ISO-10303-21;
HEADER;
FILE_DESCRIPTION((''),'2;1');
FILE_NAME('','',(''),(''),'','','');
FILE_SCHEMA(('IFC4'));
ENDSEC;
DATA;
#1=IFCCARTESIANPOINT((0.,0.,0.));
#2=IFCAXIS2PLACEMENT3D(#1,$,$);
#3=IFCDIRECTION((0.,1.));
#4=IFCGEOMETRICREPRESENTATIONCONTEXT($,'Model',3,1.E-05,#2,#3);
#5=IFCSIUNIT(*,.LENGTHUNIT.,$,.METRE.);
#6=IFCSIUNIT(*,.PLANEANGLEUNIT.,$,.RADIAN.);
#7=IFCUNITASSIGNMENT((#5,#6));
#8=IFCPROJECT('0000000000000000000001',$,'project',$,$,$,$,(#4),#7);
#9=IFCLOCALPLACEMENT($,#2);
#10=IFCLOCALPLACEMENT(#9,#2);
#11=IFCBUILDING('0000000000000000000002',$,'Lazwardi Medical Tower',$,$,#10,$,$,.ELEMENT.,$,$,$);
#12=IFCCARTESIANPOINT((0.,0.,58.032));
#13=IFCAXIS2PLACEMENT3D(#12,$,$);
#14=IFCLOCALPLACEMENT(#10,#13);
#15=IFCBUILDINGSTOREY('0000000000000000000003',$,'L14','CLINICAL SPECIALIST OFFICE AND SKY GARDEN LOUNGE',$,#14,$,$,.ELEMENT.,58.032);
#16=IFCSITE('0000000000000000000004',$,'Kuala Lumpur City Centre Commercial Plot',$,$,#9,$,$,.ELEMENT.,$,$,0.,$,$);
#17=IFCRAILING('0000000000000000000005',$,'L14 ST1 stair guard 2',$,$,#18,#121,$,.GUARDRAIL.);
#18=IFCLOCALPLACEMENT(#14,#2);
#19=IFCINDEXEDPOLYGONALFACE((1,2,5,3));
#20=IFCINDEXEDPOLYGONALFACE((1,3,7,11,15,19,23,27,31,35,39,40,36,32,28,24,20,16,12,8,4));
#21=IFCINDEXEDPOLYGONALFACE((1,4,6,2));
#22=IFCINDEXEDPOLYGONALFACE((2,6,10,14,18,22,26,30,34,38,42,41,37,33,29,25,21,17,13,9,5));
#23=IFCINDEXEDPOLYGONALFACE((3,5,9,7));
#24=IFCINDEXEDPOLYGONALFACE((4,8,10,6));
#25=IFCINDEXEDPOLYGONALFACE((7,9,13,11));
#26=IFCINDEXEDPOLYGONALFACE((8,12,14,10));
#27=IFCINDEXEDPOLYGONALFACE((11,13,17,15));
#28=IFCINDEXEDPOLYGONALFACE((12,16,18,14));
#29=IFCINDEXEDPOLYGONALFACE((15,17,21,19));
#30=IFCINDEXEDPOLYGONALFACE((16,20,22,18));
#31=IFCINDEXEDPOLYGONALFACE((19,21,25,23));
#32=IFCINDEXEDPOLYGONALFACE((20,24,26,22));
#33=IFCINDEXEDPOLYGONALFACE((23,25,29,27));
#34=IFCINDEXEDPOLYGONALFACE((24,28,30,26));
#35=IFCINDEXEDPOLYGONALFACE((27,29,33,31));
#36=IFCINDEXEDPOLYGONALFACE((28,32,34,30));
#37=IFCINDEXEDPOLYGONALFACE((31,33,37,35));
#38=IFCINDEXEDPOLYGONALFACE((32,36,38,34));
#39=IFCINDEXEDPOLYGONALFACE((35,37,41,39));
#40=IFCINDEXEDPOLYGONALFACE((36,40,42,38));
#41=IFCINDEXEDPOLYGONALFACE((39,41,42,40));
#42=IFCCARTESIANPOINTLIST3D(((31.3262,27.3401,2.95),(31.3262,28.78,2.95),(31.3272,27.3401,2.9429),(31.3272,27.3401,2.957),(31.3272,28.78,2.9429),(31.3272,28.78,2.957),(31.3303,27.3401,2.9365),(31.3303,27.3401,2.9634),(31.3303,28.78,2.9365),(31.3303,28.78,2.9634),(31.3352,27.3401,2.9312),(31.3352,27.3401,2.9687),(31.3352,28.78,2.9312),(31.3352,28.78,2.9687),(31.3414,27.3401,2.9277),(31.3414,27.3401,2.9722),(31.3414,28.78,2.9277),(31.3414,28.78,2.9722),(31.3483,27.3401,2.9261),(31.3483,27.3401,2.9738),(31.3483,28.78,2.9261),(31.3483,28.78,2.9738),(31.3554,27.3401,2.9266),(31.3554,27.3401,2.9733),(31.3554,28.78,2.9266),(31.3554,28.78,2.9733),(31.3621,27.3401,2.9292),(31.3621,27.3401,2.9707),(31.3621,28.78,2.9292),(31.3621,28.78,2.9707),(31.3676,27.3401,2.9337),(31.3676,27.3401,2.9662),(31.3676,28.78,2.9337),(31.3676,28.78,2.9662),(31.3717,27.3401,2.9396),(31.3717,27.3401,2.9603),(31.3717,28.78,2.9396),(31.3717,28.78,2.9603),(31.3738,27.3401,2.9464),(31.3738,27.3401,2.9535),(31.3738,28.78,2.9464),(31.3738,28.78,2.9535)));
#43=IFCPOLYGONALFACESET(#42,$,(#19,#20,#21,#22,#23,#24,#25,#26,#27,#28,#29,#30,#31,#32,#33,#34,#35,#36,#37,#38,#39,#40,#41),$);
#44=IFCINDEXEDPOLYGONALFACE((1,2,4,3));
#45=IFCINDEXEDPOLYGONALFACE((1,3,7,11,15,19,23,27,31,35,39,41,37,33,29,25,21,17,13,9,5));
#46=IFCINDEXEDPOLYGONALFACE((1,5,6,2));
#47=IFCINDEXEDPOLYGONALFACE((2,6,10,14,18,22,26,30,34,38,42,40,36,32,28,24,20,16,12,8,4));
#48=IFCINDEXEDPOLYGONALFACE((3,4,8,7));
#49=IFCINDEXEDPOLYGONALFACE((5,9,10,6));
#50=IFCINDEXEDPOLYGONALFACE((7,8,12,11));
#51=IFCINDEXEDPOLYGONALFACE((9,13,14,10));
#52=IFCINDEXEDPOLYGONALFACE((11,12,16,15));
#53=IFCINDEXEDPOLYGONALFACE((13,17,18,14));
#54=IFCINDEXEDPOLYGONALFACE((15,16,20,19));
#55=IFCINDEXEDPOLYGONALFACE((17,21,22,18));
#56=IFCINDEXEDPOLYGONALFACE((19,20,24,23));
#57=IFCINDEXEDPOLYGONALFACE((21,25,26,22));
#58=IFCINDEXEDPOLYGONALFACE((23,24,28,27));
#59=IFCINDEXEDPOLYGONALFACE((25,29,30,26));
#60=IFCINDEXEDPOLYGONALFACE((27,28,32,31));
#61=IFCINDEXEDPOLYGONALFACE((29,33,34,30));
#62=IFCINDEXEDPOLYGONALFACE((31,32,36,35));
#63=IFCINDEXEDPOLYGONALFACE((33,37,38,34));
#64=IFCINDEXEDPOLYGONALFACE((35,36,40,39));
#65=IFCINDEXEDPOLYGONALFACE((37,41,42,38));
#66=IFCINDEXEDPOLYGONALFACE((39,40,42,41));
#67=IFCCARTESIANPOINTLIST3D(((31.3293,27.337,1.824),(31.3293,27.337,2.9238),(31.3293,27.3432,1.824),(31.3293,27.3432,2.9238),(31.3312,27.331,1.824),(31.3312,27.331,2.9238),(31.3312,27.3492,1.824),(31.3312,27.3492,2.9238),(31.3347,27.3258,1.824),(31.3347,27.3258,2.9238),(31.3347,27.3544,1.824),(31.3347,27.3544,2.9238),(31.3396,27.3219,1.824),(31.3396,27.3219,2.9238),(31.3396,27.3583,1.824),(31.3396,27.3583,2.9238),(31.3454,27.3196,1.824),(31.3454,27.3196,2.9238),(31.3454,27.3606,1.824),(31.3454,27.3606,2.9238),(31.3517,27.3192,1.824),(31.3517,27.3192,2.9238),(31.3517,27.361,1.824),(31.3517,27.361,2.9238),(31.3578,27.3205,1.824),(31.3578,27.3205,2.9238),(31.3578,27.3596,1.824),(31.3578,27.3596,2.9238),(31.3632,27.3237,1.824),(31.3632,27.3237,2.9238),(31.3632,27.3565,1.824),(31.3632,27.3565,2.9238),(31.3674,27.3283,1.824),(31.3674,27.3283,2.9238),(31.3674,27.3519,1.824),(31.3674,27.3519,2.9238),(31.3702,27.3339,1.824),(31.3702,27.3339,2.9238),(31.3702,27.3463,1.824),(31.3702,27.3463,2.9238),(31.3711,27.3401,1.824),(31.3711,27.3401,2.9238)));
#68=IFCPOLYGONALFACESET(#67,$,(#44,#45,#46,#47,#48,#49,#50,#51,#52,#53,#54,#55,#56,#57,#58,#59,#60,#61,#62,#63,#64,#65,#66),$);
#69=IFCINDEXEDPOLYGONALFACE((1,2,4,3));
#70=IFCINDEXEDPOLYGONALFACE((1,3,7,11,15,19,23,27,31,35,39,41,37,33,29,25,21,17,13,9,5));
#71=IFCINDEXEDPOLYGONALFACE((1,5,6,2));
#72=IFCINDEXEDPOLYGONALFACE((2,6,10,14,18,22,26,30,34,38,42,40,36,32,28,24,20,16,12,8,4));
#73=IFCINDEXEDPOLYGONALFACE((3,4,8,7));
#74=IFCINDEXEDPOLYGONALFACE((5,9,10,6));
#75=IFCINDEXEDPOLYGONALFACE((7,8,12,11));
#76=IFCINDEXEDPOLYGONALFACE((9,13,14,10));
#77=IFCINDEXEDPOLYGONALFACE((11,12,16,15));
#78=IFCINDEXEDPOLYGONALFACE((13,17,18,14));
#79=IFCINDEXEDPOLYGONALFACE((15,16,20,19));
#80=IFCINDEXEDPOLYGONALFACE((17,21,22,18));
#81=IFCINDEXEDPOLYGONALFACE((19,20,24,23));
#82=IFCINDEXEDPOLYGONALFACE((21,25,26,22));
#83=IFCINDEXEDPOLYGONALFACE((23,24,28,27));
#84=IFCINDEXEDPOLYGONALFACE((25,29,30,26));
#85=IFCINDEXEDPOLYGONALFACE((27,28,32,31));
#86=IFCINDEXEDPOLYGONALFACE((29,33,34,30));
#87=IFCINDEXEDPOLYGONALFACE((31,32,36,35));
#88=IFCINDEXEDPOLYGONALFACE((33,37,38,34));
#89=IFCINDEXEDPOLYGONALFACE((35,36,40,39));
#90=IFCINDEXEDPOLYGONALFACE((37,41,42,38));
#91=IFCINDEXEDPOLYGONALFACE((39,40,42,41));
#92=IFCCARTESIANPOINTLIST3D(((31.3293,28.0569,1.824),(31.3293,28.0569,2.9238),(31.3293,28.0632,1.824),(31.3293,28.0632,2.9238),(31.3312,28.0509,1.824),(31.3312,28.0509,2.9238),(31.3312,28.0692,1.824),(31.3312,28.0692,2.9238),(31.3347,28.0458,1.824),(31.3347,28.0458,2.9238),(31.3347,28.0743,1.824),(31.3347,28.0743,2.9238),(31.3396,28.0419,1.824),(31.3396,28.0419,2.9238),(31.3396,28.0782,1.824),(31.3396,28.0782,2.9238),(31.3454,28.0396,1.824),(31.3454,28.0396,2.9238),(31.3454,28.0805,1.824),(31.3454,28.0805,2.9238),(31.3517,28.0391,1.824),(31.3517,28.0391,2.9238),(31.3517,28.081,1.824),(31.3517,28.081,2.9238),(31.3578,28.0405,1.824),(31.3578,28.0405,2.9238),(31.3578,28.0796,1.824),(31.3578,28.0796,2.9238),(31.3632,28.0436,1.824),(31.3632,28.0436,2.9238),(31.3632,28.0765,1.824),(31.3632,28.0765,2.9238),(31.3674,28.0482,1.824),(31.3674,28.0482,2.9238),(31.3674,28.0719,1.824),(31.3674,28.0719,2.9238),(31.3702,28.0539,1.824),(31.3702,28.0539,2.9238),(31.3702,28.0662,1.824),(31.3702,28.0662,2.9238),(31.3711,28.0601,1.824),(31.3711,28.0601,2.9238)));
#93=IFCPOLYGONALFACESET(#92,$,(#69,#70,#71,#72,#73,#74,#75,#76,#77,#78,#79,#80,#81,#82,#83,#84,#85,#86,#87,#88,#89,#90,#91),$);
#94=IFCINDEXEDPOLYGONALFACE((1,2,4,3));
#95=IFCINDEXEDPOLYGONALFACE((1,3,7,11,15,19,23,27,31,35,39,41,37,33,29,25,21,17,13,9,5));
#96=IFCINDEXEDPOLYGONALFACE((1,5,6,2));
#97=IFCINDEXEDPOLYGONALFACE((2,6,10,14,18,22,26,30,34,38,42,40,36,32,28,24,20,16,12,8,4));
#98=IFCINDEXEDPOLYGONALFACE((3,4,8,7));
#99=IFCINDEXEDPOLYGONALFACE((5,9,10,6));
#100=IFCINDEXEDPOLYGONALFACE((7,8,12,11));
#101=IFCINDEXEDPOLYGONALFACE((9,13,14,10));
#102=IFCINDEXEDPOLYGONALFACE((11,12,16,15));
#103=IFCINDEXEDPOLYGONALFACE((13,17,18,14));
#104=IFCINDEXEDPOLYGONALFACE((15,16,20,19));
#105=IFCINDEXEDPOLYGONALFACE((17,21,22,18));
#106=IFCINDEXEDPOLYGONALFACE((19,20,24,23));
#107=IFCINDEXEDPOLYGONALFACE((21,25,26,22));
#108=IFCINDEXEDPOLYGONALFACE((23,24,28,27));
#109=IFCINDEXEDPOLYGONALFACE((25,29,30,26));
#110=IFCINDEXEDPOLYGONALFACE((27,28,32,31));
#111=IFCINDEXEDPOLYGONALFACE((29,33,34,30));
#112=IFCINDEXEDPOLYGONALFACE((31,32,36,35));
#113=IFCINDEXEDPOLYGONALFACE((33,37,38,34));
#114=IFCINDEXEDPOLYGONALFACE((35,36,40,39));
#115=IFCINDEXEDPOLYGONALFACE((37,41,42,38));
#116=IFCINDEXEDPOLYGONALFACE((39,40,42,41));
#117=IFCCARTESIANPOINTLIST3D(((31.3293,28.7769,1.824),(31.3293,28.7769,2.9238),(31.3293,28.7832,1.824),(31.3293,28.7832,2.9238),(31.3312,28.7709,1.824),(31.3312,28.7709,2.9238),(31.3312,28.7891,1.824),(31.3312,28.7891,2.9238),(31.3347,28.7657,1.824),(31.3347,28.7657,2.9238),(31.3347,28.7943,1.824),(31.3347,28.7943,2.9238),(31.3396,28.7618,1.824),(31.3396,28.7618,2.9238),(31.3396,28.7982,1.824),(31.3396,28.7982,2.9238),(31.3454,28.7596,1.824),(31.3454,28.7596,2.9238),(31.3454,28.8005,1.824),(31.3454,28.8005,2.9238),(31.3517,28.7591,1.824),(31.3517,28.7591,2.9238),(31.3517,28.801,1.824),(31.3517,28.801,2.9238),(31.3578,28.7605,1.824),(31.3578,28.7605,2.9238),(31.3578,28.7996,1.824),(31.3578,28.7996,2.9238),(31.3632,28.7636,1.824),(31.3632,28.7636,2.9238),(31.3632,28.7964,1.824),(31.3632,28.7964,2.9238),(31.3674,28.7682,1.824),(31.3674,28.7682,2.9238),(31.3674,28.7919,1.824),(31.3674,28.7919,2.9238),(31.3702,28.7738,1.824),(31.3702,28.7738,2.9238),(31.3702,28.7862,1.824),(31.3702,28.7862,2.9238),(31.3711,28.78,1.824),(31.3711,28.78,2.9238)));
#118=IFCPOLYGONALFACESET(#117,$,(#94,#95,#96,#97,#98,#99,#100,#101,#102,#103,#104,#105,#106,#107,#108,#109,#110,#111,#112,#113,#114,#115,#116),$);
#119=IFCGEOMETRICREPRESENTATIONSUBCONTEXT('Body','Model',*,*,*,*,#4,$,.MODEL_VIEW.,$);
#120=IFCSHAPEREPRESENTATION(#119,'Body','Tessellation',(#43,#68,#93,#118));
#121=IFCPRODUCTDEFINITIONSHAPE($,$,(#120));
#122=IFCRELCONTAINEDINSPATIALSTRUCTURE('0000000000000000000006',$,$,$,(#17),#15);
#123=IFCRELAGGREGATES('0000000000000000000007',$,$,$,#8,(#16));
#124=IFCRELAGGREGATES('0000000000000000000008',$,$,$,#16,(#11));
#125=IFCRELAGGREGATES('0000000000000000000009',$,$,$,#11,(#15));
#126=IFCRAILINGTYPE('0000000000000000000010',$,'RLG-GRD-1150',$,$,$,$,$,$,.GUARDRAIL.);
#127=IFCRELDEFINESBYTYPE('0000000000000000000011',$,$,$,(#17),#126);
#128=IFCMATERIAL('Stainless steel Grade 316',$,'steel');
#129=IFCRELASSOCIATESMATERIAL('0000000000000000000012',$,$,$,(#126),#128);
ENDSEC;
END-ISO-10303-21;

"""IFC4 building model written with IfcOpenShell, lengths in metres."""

from ifc_helpers import new_model, si_unit, direction, frame, origin, origin_2d, place, context, subcontext, project, spatial, circle, extrude, material, type_object, element, save


model = new_model("IFC4")

# Units and contexts
model_context = context("Model", 3, precision=1e-05, world=origin(), true_north=direction((0.0, 1.0)))
body_context = subcontext(model_context, "Body", "Model", "MODEL_VIEW")
ifc_project = project(units=[si_unit("LENGTHUNIT", "METRE"), si_unit("PLANEANGLEUNIT", "RADIAN")], contexts=[model_context])

# Site, building, storey
site_placement = place(None, origin())
site = spatial("IfcSite", under=ifc_project, at=site_placement, Name="Kuala Lumpur City Centre Commercial Plot", CompositionType="ELEMENT", RefElevation=0.0)
building_placement = place(site_placement, origin())
building = spatial("IfcBuilding", under=site, at=building_placement, Name="Lazwardi Medical Tower", CompositionType="ELEMENT")
storey_placement = place(building_placement, frame((0.0, 0.0, 58.032)))
storey = spatial("IfcBuildingStorey", under=building, at=storey_placement, Name="L14", Description="CLINICAL SPECIALIST OFFICE AND SKY GARDEN LOUNGE", CompositionType="ELEMENT", Elevation=58.032)

# Railing
ifc_material_1 = material(Name="Stainless steel Grade 316", Category="steel")
railing_type_1 = type_object("IfcRailingType", Name="RLG-GRD-1150", PredefinedType="GUARDRAIL", material=ifc_material_1)
railing_1_placement = place(storey_placement, frame((31.3501, 27.3401, 1.824)))
element("IfcRailing", 1, at=railing_1_placement, inside=storey, type_object=railing_type_1, Name="L14 ST1 stair guard 2", PredefinedType="GUARDRAIL", context=body_context, shape_type="SweptSolid", body=[
    extrude(circle(Radius=0.0239, at=origin_2d()), frame((0.0, 0.0, 1.126), z_axis=(0.0, 1.0, 0.0), x_axis=(-1.0, 0.0, 0.0)), (0.0, 0.0, 1.0), 1.4399),
    extrude(circle(Radius=0.021, at=origin_2d()), origin(), (0.0, 0.0, 1.0), 1.0999),
    extrude(circle(Radius=0.021, at=origin_2d()), frame((0.0, 0.72, 0.0)), (0.0, 0.0, 1.0), 1.0999),
    extrude(circle(Radius=0.021, at=origin_2d()), frame((0.0, 1.4399, 0.0)), (0.0, 0.0, 1.0), 1.0999),
])

save(model, "model.ifc")
